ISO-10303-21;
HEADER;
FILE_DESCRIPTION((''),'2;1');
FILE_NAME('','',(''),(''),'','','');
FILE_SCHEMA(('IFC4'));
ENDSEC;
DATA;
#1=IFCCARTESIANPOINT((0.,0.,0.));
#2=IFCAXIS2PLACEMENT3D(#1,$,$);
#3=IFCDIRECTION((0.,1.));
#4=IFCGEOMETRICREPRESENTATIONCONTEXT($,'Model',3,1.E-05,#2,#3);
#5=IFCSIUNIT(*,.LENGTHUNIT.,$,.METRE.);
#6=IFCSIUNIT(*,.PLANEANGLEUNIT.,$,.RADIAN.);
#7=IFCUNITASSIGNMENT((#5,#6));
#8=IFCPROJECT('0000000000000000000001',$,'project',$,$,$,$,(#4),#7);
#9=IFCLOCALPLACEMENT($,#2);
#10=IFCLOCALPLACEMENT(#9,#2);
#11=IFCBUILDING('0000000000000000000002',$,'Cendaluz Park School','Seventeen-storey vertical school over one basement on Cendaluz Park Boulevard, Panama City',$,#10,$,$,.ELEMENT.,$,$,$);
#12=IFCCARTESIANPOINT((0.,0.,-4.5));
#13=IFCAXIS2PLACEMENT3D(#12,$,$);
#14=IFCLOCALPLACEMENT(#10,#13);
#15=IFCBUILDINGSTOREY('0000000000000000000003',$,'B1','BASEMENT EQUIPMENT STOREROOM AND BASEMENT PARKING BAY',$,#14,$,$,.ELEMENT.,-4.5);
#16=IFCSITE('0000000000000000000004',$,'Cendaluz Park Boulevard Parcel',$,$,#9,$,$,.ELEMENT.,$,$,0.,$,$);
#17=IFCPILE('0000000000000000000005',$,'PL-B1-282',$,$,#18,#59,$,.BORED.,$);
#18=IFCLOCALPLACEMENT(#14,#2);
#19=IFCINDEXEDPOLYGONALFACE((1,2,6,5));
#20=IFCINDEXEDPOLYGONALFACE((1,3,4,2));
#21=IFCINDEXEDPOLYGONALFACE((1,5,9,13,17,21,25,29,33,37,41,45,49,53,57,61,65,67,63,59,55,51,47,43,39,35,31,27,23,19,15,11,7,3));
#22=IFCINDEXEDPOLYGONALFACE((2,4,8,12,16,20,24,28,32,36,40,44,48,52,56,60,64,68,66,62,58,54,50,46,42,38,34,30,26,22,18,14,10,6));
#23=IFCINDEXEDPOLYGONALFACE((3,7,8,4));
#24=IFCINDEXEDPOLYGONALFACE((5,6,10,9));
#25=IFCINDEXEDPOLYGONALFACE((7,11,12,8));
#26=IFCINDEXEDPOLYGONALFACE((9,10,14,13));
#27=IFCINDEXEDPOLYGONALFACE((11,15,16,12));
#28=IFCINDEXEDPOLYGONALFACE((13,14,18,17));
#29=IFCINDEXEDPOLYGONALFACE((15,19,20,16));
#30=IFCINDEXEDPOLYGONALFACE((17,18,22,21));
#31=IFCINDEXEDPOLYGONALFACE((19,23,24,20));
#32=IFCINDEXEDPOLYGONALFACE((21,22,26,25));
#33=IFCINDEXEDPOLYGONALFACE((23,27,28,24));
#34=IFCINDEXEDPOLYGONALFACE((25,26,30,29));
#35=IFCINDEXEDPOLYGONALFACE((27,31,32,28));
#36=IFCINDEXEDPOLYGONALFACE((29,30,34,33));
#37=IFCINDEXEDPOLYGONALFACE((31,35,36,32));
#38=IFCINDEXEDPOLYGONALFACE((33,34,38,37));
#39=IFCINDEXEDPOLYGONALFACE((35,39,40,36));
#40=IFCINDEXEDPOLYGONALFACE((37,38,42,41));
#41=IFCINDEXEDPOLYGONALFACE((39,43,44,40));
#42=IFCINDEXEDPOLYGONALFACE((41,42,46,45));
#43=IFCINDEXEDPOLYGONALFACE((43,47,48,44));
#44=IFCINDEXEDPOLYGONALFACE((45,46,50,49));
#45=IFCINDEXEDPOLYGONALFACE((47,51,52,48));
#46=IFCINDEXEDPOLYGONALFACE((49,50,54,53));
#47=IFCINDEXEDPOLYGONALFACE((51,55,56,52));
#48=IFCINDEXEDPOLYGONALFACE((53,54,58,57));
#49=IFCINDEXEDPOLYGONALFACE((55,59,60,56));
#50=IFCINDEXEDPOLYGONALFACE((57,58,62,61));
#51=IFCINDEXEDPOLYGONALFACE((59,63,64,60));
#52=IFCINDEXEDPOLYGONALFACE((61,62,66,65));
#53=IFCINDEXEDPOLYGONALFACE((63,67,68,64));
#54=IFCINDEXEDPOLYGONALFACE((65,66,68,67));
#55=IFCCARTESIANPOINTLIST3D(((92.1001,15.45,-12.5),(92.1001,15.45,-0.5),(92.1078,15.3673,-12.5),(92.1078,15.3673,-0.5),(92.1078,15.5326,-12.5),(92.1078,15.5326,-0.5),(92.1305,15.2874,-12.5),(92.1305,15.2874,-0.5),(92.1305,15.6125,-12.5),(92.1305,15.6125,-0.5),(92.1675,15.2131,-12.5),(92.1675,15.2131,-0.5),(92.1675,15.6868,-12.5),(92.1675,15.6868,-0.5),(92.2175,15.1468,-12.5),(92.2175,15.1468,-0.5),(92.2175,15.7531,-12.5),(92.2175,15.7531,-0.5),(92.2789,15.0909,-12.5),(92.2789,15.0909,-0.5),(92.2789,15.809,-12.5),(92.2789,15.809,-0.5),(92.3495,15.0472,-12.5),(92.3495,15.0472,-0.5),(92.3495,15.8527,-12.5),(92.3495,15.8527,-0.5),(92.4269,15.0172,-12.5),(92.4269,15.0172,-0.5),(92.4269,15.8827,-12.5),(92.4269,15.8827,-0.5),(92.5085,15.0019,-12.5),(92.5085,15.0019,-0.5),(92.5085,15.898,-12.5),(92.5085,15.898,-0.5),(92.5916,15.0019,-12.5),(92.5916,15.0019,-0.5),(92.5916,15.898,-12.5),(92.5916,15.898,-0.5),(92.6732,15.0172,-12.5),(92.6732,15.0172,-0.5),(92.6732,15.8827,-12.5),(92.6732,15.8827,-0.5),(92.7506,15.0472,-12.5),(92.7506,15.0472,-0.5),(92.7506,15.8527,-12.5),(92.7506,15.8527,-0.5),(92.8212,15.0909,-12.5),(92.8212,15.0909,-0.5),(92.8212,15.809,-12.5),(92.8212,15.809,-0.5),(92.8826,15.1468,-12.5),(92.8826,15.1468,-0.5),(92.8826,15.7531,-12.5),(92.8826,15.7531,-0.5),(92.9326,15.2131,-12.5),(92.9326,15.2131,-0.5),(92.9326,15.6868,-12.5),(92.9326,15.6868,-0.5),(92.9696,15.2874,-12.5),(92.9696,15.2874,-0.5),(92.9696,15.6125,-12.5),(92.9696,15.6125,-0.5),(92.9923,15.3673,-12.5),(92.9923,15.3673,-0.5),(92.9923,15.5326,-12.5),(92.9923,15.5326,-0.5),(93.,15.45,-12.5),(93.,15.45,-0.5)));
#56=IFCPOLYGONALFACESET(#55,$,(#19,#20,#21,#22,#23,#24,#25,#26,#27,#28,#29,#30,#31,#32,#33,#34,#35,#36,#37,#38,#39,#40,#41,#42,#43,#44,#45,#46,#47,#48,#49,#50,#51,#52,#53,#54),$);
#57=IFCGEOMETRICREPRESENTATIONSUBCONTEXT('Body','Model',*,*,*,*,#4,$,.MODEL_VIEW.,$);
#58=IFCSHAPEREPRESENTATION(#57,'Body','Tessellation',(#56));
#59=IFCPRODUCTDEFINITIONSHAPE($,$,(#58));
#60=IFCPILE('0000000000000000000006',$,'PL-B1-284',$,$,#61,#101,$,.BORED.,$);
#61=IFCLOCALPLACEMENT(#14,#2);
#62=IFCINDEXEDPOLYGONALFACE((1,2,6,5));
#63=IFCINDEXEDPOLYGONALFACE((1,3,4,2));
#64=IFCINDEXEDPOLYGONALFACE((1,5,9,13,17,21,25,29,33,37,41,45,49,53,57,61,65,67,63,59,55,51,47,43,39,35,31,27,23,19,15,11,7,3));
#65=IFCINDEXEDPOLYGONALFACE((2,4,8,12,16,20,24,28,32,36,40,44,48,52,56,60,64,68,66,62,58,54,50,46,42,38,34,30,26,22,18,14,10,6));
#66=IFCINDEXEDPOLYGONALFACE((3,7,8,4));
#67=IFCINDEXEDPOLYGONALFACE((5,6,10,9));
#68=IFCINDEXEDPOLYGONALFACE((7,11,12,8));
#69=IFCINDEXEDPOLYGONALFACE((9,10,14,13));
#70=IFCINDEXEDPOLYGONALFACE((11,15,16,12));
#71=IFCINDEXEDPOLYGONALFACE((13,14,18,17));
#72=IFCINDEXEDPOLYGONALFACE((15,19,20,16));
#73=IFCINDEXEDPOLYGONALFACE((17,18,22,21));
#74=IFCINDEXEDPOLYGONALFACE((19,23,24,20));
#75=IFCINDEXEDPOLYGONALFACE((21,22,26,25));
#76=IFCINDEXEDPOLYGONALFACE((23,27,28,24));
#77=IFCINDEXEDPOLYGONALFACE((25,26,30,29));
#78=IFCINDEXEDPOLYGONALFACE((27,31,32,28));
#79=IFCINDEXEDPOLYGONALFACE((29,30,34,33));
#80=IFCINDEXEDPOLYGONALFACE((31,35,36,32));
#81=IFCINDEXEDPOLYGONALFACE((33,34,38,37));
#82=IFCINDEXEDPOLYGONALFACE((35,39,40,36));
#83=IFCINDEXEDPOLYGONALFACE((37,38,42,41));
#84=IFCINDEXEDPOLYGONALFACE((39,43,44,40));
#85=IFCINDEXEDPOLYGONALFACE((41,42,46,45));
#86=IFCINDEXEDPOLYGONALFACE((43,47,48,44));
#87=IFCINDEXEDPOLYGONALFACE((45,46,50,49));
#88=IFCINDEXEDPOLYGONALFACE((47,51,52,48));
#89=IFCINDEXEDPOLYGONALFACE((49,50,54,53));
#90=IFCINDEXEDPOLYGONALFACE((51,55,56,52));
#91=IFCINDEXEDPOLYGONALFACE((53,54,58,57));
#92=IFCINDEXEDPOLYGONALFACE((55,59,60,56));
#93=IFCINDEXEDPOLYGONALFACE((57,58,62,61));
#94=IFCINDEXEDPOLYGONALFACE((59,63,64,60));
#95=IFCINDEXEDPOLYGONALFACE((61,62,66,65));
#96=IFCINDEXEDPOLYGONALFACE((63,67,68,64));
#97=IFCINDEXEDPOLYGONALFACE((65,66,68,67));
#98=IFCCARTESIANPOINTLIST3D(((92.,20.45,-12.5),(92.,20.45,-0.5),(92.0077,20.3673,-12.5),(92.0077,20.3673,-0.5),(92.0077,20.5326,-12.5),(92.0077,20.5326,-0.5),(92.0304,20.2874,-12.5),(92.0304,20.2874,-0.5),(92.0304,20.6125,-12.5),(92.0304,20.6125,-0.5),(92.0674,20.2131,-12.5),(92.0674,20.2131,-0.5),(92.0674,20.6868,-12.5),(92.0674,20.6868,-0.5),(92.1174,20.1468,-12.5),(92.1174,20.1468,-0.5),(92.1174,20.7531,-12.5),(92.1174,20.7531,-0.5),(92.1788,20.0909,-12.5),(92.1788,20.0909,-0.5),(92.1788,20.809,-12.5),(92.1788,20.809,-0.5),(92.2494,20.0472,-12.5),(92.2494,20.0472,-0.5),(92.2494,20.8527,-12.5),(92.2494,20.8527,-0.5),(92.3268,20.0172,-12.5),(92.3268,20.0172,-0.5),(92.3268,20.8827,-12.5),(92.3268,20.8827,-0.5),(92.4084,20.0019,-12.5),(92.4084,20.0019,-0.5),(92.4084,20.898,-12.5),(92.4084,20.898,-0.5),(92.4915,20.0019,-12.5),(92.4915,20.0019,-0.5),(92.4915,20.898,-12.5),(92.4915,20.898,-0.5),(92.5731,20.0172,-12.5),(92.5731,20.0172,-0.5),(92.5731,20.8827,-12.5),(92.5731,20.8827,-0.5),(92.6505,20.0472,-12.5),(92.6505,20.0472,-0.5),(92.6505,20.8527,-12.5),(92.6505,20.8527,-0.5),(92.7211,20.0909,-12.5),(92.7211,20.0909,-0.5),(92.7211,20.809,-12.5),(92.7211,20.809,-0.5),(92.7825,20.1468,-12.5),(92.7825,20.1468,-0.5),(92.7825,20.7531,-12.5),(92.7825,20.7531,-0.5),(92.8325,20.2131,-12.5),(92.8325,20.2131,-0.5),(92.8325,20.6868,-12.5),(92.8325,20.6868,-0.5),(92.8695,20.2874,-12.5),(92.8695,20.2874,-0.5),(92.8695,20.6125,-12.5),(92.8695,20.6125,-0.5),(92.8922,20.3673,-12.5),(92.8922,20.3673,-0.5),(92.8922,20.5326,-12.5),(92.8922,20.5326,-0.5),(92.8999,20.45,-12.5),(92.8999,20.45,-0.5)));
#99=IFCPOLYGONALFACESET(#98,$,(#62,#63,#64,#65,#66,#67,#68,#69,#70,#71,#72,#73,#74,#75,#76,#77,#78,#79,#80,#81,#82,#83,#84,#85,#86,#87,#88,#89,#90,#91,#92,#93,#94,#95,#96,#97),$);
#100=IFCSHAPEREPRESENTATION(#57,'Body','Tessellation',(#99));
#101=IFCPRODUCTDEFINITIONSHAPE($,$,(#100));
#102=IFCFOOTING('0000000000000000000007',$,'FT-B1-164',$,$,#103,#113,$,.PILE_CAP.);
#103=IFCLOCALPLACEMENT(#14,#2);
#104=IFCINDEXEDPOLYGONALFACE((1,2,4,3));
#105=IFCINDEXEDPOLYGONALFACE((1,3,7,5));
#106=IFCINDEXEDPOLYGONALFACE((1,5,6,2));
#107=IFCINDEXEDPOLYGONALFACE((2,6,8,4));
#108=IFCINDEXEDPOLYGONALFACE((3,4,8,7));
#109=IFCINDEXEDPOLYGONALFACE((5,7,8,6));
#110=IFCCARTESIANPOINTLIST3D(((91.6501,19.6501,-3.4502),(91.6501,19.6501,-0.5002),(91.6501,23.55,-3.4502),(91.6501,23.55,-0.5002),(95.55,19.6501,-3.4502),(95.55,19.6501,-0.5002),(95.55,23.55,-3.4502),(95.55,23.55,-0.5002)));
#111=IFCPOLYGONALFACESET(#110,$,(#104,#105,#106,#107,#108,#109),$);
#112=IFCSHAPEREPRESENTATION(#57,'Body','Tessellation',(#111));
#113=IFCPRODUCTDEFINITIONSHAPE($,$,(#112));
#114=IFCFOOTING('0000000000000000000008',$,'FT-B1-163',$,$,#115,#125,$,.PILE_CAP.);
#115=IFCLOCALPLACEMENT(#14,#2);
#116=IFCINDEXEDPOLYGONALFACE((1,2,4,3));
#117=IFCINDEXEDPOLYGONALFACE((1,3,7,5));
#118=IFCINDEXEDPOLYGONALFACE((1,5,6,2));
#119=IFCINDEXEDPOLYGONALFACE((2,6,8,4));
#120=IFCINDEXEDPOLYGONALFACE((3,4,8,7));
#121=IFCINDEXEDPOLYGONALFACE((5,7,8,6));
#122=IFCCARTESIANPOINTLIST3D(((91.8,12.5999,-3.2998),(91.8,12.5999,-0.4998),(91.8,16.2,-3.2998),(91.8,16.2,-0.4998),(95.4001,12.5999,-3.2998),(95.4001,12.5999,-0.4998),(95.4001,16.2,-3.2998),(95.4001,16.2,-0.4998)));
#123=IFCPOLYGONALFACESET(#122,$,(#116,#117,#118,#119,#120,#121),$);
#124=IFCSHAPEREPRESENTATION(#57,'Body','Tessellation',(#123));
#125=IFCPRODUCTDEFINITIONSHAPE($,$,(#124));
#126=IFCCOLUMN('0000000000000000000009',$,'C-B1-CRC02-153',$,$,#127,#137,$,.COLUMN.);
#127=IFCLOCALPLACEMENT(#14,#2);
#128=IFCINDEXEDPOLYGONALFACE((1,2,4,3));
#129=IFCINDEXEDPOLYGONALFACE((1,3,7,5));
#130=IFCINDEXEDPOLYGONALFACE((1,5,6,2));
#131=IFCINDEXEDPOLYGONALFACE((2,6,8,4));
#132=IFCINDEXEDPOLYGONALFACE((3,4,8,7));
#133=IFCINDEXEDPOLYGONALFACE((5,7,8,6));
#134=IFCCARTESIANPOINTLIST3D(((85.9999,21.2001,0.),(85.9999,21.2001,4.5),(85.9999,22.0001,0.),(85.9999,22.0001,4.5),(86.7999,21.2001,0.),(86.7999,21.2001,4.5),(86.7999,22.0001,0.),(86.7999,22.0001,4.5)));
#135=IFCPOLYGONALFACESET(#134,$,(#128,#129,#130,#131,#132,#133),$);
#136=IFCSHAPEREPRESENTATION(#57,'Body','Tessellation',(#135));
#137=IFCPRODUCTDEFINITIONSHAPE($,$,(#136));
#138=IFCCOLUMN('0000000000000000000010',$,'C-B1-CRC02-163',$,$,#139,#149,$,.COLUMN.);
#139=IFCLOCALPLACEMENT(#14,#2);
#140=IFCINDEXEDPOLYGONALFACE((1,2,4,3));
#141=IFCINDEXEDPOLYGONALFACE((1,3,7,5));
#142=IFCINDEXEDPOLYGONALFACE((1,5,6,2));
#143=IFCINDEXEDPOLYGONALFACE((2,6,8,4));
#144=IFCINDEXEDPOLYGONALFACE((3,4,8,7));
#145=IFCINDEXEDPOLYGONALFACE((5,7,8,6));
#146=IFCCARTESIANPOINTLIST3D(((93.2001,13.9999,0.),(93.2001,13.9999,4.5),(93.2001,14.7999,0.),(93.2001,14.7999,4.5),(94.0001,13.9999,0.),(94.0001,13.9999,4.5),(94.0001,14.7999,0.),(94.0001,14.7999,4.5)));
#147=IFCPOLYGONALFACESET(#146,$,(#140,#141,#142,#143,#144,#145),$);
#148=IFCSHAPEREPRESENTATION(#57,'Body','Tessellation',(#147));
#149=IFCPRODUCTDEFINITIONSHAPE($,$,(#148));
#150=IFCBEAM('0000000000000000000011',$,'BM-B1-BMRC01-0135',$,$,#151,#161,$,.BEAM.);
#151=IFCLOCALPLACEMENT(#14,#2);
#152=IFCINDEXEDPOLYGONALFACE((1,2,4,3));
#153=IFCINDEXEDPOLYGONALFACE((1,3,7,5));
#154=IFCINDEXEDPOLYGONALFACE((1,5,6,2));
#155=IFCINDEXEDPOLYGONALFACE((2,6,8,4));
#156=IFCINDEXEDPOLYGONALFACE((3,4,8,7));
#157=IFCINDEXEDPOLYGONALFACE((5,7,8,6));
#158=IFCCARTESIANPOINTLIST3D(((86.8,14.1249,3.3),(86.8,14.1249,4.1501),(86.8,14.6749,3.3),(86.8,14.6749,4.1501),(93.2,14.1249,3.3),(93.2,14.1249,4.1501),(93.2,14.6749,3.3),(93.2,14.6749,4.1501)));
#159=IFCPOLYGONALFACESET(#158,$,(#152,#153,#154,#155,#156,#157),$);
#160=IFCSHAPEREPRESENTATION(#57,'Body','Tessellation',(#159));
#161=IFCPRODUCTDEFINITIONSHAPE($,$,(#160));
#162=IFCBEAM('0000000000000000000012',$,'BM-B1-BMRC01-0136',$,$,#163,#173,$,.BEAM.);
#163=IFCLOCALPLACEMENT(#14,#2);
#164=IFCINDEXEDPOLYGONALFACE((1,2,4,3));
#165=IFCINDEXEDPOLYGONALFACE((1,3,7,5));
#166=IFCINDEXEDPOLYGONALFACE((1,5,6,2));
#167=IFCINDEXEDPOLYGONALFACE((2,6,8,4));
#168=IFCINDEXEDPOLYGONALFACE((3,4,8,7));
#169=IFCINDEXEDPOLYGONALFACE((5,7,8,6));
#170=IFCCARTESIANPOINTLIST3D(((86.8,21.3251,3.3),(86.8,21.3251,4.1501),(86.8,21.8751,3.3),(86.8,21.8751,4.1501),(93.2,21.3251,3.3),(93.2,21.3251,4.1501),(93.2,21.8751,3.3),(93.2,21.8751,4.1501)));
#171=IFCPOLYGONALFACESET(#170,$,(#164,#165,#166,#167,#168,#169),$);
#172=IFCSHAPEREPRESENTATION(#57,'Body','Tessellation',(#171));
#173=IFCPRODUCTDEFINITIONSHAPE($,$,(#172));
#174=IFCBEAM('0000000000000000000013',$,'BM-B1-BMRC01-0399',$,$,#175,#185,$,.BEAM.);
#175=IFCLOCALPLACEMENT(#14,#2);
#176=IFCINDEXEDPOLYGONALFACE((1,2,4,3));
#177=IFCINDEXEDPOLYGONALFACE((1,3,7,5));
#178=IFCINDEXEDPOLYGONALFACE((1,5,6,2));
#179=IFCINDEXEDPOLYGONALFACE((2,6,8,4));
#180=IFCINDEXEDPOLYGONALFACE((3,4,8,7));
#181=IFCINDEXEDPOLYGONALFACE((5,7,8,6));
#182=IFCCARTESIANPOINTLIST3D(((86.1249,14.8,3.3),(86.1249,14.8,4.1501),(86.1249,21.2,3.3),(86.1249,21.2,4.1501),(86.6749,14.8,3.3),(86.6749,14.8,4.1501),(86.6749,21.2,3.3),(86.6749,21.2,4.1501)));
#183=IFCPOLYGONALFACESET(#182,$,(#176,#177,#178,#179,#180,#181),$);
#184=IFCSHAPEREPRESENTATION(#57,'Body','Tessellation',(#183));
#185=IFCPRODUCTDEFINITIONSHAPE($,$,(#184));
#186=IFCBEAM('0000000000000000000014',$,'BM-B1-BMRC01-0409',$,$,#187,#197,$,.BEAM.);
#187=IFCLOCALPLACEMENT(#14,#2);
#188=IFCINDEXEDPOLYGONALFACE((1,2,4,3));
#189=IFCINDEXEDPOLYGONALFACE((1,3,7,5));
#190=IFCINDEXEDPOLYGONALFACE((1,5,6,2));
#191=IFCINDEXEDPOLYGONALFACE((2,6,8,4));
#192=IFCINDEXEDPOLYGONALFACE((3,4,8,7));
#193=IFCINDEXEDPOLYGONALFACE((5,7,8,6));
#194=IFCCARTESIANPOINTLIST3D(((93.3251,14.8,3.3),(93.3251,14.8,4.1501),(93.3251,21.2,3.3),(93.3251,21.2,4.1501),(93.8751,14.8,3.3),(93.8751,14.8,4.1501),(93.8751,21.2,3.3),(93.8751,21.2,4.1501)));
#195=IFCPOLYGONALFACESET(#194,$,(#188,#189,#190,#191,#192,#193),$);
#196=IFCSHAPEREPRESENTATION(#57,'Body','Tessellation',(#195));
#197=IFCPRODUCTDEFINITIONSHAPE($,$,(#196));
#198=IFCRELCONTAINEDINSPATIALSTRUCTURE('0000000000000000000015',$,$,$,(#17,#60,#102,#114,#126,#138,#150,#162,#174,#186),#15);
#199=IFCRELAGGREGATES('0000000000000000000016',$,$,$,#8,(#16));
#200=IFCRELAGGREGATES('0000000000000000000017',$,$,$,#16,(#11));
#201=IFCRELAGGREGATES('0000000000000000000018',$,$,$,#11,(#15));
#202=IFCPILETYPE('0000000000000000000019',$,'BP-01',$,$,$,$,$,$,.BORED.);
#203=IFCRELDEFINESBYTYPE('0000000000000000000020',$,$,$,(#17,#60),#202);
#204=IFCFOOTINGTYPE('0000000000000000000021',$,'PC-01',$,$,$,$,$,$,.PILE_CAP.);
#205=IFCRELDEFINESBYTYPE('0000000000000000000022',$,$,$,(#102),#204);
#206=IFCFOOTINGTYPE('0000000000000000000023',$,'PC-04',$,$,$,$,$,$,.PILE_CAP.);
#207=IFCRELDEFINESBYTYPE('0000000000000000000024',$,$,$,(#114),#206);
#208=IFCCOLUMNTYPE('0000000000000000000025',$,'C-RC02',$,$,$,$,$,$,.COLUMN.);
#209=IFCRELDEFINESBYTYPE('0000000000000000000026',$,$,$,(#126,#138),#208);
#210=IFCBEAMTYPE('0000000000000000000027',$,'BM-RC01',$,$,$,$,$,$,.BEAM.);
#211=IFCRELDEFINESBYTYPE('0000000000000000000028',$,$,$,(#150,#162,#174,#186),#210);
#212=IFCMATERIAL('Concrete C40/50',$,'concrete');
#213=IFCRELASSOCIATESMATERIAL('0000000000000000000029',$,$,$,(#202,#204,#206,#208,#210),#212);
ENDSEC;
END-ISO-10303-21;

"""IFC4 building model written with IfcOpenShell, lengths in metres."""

from ifc_helpers import new_model, si_unit, direction, frame, origin, origin_2d, place, context, subcontext, project, spatial, rectangle, circle, extrude, material, material_profile, profile_set, type_object, element, save


model = new_model("IFC4")

# Units and contexts
model_context = context("Model", 3, precision=1e-05, world=origin(), true_north=direction((0.0, 1.0)))
body_context = subcontext(model_context, "Body", "Model", "MODEL_VIEW")
ifc_project = project(units=[si_unit("LENGTHUNIT", "METRE"), si_unit("PLANEANGLEUNIT", "RADIAN")], contexts=[model_context])

# Site, building, storey
site_placement = place(None, origin())
site = spatial("IfcSite", under=ifc_project, at=site_placement, Name="Cendaluz Park Boulevard Parcel", CompositionType="ELEMENT", RefElevation=0.0)
building_placement = place(site_placement, origin())
building = spatial("IfcBuilding", under=site, at=building_placement, Name="Cendaluz Park School", Description="Seventeen-storey vertical school over one basement on Cendaluz Park Boulevard, Panama City", CompositionType="ELEMENT")
storey_placement = place(building_placement, frame((0.0, 0.0, -4.5)))
storey = spatial("IfcBuildingStorey", under=building, at=storey_placement, Name="B1", Description="BASEMENT EQUIPMENT STOREROOM AND BASEMENT PARKING BAY", CompositionType="ELEMENT", Elevation=-4.5)

# Piles
ifc_material_1 = material(Name="Concrete C40/50", Category="concrete")
ifc_material_profile_1 = material_profile(ifc_material_1, circle(Radius=0.45, at=origin_2d()), Name="BP D900", Category="concrete")
ifc_profile_set_1 = profile_set([ifc_material_profile_1], Name="Concrete C40/50")
pile_type = type_object("IfcPileType", Name="BP-01", PredefinedType="BORED", material=ifc_profile_set_1)
for number, where, z_axis, x_axis, name in (
    (1, (92.55, 15.45, -0.5), (0.0, 0.0, -1.0), (1.0, 0.0, 0.0), "PL-B1-282"),
    (2, (92.45, 20.45, -0.5), (0.0, 0.0, -1.0), (1.0, 0.0, 0.0), "PL-B1-284"),
):
    element("IfcPile", number, at=place(storey_placement, frame(where, z_axis=z_axis, x_axis=x_axis)), inside=storey, type_object=pile_type, Name=name, PredefinedType="BORED", context=body_context, shape_type="SweptSolid", body=[
        extrude(circle(Radius=0.45, at=origin_2d()), origin(), (0.0, 0.0, 1.0), 12.0),
    ])

# Footings
footing_type_1 = type_object("IfcFootingType", Name="PC-01", PredefinedType="PILE_CAP", material=ifc_material_1)
footing_1_placement = place(storey_placement, frame((93.6001, 21.6001, -3.4502), z_axis=(0.0, 0.0, 1.0), x_axis=(1.0, 0.0, 0.0)))
element("IfcFooting", 3, at=footing_1_placement, inside=storey, type_object=footing_type_1, Name="FT-B1-164", PredefinedType="PILE_CAP", context=body_context, shape_type="SweptSolid", body=[
    extrude(rectangle(XDim=3.8999, YDim=3.8999, at=origin_2d()), origin(), (0.0, 0.0, 1.0), 2.95),
])
footing_type_2 = type_object("IfcFootingType", Name="PC-04", PredefinedType="PILE_CAP", material=ifc_material_1)
footing_2_placement = place(storey_placement, frame((93.6001, 14.3999, -3.2998), z_axis=(0.0, 0.0, 1.0), x_axis=(1.0, 0.0, 0.0)))
element("IfcFooting", 4, at=footing_2_placement, inside=storey, type_object=footing_type_2, Name="FT-B1-163", PredefinedType="PILE_CAP", context=body_context, shape_type="SweptSolid", body=[
    extrude(rectangle(XDim=3.6001, YDim=3.6001, at=origin_2d()), origin(), (0.0, 0.0, 1.0), 2.8),
])

# Columns
ifc_material_profile_2 = material_profile(ifc_material_1, rectangle(XDim=0.8, YDim=0.8, at=origin_2d()), Name="RC 800x800", Category="concrete")
ifc_profile_set_2 = profile_set([ifc_material_profile_2], Name="Concrete C40/50")
column_type = type_object("IfcColumnType", Name="C-RC02", PredefinedType="COLUMN", material=ifc_profile_set_2)
for number, where, z_axis, x_axis, name in (
    (5, (86.3999, 21.6001, 0.0), (0.0, 0.0, 1.0), (1.0, 0.0, 0.0), "C-B1-CRC02-153"),
    (6, (93.6001, 14.3999, 0.0), (0.0, 0.0, 1.0), (1.0, 0.0, 0.0), "C-B1-CRC02-163"),
):
    element("IfcColumn", number, at=place(storey_placement, frame(where, z_axis=z_axis, x_axis=x_axis)), inside=storey, type_object=column_type, Name=name, PredefinedType="COLUMN", context=body_context, shape_type="SweptSolid", body=[
        extrude(rectangle(XDim=0.8, YDim=0.8, at=origin_2d()), origin(), (0.0, 0.0, 1.0), 4.5),
    ])

# Beams
ifc_material_profile_3 = material_profile(ifc_material_1, rectangle(XDim=0.55, YDim=0.8501, at=origin_2d()), Name="RC 550x850", Category="concrete")
ifc_profile_set_3 = profile_set([ifc_material_profile_3], Name="Concrete C40/50")
beam_type = type_object("IfcBeamType", Name="BM-RC01", PredefinedType="BEAM", material=ifc_profile_set_3)
for number, where, z_axis, x_axis, name in (
    (7, (86.8, 14.3999, 3.7251), (1.0, 0.0, 0.0), (0.0, 1.0, 0.0), "BM-B1-BMRC01-0135"),
    (8, (86.8, 21.6001, 3.7251), (1.0, 0.0, 0.0), (0.0, 1.0, 0.0), "BM-B1-BMRC01-0136"),
    (9, (86.3999, 14.8, 3.7251), (0.0, 1.0, 0.0), (-1.0, 0.0, 0.0), "BM-B1-BMRC01-0399"),
    (10, (93.6001, 14.8, 3.7251), (0.0, 1.0, 0.0), (-1.0, 0.0, 0.0), "BM-B1-BMRC01-0409"),
):
    element("IfcBeam", number, at=place(storey_placement, frame(where, z_axis=z_axis, x_axis=x_axis)), inside=storey, type_object=beam_type, Name=name, PredefinedType="BEAM", context=body_context, shape_type="SweptSolid", body=[
        extrude(rectangle(XDim=0.55, YDim=0.8501, at=origin_2d()), origin(), (0.0, 0.0, 1.0), 6.3999),
    ])

save(model, "model.ifc")
